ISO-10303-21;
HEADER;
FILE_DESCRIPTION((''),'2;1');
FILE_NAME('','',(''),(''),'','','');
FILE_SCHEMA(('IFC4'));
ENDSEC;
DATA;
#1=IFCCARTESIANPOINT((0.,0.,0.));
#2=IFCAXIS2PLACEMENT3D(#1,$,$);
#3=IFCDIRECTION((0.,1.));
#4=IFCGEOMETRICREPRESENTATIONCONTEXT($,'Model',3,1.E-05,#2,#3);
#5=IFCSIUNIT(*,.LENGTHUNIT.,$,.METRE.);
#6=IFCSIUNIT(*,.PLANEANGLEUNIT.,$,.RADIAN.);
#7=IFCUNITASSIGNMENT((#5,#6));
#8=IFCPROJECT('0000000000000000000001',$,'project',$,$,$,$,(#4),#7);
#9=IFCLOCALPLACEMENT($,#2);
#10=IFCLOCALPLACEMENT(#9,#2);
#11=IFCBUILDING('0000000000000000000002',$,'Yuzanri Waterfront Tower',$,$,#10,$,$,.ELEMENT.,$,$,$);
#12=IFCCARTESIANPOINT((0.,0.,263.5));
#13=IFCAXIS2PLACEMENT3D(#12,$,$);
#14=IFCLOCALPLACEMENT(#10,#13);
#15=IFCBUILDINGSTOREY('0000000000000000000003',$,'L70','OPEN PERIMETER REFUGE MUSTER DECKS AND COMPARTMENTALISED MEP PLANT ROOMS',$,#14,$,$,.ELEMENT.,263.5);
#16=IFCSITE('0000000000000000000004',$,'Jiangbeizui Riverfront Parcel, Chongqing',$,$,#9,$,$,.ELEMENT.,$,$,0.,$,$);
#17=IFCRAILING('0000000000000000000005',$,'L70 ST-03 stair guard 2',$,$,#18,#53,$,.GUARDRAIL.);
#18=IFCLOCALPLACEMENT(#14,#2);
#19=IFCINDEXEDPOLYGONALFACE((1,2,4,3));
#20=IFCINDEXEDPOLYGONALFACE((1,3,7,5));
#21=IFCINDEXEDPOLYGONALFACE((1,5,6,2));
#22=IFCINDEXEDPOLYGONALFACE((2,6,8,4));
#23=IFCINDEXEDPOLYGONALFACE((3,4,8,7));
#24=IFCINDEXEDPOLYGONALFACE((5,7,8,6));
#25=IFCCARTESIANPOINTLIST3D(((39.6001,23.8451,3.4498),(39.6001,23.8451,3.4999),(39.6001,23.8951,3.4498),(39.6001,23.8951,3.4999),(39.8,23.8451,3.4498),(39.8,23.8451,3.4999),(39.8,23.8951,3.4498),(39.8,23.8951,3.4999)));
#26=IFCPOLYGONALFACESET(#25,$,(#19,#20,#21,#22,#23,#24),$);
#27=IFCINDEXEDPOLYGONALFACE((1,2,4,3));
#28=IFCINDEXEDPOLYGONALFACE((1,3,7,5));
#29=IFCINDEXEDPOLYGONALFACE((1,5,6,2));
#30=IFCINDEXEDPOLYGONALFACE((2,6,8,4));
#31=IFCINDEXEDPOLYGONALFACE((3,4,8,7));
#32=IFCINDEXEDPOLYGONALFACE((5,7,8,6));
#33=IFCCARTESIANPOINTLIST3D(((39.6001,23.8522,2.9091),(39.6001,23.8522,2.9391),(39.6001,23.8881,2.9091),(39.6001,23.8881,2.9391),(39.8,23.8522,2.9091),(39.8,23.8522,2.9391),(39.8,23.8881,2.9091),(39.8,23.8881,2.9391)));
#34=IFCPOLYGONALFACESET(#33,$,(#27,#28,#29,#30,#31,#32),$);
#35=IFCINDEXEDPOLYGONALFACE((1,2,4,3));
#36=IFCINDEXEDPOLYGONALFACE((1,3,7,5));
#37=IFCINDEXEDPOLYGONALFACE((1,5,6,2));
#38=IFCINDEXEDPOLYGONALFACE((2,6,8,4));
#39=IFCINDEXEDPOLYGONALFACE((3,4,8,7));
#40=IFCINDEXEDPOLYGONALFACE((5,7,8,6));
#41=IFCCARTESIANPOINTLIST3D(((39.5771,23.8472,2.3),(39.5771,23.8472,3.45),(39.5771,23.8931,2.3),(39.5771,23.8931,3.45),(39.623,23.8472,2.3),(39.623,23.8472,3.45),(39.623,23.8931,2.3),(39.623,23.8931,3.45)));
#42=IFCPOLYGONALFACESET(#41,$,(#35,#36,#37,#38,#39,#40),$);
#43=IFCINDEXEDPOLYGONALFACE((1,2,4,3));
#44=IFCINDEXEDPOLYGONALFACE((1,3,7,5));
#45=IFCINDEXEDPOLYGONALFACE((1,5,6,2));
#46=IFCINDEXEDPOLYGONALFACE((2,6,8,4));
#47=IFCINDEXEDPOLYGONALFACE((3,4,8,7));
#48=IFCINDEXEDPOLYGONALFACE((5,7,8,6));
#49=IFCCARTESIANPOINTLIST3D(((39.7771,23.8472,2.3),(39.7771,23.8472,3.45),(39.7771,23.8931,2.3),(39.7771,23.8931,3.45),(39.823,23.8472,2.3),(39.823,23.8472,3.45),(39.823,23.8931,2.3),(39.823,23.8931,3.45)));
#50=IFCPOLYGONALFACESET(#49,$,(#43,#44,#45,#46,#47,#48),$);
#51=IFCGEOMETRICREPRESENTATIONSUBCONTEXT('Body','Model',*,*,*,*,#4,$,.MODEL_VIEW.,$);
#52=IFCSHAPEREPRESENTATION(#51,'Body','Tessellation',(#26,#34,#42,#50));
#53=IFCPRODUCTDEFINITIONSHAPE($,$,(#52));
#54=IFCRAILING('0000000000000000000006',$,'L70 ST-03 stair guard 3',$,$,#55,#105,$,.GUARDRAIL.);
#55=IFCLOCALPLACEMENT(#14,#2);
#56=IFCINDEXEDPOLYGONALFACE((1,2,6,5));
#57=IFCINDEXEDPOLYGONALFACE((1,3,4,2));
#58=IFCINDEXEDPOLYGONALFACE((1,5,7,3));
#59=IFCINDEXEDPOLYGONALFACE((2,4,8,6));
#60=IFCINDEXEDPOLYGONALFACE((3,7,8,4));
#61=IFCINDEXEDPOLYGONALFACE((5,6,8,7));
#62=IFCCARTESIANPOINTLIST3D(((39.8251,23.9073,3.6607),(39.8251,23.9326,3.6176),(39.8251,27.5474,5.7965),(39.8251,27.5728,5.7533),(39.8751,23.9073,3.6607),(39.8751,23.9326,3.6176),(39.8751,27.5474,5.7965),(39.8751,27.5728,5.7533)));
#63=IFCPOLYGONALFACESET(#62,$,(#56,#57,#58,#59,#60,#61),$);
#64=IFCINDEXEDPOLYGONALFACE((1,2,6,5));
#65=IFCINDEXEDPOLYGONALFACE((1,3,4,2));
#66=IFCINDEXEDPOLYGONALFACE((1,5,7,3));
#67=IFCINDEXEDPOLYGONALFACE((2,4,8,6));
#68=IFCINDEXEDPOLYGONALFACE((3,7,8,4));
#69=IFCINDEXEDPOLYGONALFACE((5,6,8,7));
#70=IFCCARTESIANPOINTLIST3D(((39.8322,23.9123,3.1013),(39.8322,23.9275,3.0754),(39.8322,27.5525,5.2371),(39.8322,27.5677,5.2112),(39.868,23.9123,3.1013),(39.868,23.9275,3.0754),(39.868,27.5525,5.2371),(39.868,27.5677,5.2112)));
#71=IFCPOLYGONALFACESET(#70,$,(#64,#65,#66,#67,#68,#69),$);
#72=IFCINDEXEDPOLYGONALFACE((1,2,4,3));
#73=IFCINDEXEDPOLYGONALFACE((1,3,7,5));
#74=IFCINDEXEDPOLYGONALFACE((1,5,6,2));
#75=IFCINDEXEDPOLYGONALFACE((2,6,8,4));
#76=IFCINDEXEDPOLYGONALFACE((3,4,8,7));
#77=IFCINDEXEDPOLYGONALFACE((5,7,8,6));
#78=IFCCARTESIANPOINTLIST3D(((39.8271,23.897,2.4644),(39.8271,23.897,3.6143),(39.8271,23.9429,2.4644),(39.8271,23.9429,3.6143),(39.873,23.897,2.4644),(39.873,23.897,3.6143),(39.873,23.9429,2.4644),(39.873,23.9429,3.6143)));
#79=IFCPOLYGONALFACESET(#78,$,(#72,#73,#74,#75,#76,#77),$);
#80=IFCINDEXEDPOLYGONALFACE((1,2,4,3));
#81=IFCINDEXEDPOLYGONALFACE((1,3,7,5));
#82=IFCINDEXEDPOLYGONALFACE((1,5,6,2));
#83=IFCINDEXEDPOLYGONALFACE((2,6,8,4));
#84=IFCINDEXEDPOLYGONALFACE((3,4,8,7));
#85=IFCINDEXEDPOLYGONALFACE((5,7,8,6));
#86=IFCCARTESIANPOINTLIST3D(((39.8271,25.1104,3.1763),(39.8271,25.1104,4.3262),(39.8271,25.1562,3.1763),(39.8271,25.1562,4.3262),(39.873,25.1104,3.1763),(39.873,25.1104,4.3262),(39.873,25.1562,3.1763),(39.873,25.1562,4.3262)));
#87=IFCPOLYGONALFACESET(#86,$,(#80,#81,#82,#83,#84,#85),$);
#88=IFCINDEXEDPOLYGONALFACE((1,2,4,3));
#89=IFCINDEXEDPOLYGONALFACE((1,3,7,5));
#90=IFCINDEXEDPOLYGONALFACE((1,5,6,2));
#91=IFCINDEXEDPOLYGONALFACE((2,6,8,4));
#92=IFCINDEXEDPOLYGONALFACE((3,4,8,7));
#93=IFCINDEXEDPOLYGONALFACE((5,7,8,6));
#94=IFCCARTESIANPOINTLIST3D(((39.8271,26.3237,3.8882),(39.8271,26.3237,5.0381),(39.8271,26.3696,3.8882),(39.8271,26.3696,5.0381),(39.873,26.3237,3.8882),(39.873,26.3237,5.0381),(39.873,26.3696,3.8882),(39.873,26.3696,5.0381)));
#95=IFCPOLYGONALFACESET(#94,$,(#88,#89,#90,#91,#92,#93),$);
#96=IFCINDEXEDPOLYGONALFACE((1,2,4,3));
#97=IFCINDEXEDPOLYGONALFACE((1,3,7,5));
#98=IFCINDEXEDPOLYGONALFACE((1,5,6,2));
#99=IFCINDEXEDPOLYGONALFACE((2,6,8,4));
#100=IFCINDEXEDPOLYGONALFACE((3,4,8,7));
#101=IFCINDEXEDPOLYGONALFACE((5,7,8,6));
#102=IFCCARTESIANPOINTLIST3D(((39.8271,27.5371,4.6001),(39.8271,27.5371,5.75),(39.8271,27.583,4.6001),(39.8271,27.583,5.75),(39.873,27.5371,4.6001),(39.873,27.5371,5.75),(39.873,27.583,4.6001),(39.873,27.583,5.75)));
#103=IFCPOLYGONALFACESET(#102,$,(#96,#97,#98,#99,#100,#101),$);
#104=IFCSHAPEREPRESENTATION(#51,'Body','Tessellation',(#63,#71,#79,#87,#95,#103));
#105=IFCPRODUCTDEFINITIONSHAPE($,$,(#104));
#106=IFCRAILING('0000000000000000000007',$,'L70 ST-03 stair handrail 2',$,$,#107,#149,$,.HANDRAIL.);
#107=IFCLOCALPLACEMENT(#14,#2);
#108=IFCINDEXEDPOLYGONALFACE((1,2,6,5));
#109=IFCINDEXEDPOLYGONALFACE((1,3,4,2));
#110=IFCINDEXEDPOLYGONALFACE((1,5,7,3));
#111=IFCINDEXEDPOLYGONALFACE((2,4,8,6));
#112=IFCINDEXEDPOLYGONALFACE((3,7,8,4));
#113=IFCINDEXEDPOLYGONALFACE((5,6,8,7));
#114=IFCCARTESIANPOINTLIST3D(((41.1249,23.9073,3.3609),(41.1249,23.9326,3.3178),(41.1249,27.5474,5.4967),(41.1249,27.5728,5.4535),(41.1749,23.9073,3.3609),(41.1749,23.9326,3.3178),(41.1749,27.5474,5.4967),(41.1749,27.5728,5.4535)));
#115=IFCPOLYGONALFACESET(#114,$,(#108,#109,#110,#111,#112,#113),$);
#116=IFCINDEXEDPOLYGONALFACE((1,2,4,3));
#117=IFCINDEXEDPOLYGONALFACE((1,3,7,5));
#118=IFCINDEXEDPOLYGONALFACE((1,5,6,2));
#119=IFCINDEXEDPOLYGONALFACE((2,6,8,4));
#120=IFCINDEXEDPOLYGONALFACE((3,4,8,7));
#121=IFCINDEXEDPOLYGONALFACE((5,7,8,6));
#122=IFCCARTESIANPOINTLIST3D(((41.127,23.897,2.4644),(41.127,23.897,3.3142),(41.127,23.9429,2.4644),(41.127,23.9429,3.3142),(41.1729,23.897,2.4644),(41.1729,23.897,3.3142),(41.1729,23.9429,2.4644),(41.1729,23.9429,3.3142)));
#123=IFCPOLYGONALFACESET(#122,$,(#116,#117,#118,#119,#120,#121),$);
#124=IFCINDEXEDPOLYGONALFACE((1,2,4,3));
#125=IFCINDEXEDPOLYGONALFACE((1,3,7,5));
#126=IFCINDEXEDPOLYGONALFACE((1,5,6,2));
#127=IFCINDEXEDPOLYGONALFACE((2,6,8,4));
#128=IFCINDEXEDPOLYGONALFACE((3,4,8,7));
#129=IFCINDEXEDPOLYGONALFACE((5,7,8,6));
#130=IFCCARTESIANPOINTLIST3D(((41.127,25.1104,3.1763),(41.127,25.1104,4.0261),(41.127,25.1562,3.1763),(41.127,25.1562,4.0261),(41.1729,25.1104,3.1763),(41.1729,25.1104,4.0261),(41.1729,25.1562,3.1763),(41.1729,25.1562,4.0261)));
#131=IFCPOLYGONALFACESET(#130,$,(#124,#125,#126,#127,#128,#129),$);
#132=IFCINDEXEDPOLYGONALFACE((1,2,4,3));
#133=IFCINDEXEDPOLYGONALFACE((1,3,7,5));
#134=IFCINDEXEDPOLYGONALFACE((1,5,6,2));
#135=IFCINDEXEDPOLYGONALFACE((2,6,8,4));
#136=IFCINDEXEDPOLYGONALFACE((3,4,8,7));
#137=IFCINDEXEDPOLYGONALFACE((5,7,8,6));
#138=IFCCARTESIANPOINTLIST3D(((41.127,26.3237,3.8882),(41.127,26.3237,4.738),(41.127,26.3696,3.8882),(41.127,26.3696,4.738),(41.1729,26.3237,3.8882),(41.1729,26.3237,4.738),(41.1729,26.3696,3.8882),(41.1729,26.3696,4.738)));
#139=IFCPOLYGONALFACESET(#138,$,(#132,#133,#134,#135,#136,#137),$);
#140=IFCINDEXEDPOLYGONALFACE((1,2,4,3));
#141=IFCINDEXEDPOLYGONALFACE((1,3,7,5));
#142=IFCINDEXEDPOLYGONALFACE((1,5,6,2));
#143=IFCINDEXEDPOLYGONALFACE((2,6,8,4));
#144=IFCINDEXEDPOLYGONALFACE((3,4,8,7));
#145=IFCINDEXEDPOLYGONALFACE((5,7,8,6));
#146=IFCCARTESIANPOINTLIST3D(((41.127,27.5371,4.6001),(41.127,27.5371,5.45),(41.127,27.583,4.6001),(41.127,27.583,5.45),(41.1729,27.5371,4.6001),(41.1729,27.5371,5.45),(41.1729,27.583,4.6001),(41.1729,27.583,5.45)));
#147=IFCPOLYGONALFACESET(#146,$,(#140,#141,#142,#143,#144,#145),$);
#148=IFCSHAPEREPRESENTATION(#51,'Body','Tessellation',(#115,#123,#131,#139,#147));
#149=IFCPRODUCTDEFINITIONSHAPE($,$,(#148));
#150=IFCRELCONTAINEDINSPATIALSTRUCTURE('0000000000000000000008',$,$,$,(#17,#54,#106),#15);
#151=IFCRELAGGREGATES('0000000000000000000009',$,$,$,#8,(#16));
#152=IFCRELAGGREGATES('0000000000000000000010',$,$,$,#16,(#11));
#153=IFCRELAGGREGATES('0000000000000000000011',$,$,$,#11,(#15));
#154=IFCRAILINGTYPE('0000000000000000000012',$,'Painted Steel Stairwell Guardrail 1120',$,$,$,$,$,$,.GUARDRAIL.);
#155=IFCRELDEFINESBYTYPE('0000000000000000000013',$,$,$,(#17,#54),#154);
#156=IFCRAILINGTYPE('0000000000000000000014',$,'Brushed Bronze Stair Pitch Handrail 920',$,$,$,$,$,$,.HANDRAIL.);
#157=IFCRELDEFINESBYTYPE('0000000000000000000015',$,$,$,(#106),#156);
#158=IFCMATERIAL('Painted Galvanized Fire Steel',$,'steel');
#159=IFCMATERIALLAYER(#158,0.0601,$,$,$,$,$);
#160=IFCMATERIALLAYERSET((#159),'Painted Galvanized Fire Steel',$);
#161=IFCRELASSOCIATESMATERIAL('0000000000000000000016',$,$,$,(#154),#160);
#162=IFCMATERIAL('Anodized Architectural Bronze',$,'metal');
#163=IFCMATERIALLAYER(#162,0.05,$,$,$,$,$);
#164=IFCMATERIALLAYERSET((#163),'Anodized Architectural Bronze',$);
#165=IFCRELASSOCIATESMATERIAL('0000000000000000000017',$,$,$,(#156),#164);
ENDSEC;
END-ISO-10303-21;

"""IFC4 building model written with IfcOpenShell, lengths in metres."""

from ifc_helpers import new_model, si_unit, direction, frame, origin, origin_2d, place, context, subcontext, project, spatial, rectangle, extrude, source, transform, mapped, material, layer, layer_set, type_object, element, save


model = new_model("IFC4")

# Units and contexts
model_context = context("Model", 3, precision=1e-05, world=origin(), true_north=direction((0.0, 1.0)))
body_context = subcontext(model_context, "Body", "Model", "MODEL_VIEW")
ifc_project = project(units=[si_unit("LENGTHUNIT", "METRE"), si_unit("PLANEANGLEUNIT", "RADIAN")], contexts=[model_context])

# Site, building, storey
site_placement = place(None, origin())
site = spatial("IfcSite", under=ifc_project, at=site_placement, Name="Jiangbeizui Riverfront Parcel, Chongqing", CompositionType="ELEMENT", RefElevation=0.0)
building_placement = place(site_placement, origin())
building = spatial("IfcBuilding", under=site, at=building_placement, Name="Yuzanri Waterfront Tower", CompositionType="ELEMENT")
storey_placement = place(building_placement, frame((0.0, 0.0, 263.5)))
storey = spatial("IfcBuildingStorey", under=building, at=storey_placement, Name="L70", Description="OPEN PERIMETER REFUGE MUSTER DECKS AND COMPARTMENTALISED MEP PLANT ROOMS", CompositionType="ELEMENT", Elevation=263.5)

# Railings
ifc_material_1 = material(Name="Painted Galvanized Fire Steel", Category="steel")
ifc_layer_1 = layer(ifc_material_1, 0.0601)
ifc_layer_set_1 = layer_set([ifc_layer_1], Name="Painted Galvanized Fire Steel")
railing_type_1 = type_object("IfcRailingType", Name="Painted Steel Stairwell Guardrail 1120", PredefinedType="GUARDRAIL", material=ifc_layer_set_1)
shared_shape_1 = source(origin(), body_context, "Body", "SweptSolid", [
    extrude(rectangle(XDim=0.05, YDim=0.05, at=origin_2d()), frame((0.0, 0.0, 1.1748), z_axis=(1.0, 0.0, 0.0), x_axis=(0.0, 1.0, 0.0)), (0.0, 0.0, 1.0), 0.2),
    extrude(rectangle(XDim=0.0359, YDim=0.03, at=origin_2d()), frame((0.0, 0.0, 0.624), z_axis=(1.0, 0.0, 0.0), x_axis=(0.0, 1.0, 0.0)), (0.0, 0.0, 1.0), 0.2),
    extrude(rectangle(XDim=0.0459, YDim=0.0459, at=origin_2d()), origin(), (0.0, 0.0, 1.0), 1.1499),
    extrude(rectangle(XDim=0.0459, YDim=0.0459, at=origin_2d()), frame((0.2, 0.0, 0.0)), (0.0, 0.0, 1.0), 1.1499),
])
railing_1_placement = place(storey_placement, frame((39.6001, 23.8701, 2.3)))
element("IfcRailing", 1, at=railing_1_placement, inside=storey, type_object=railing_type_1, Name="L70 ST-03 stair guard 2", PredefinedType="GUARDRAIL", context=body_context, shape_type="MappedRepresentation", body=[
    mapped(shared_shape_1, transform((0.0, 0.0, 0.0), scale=1.0)),
])
shared_shape_2 = source(origin(), body_context, "Body", "SweptSolid", [
    extrude(rectangle(XDim=0.05, YDim=0.05, at=origin_2d()), frame((0.0, 0.0, 1.1748), z_axis=(0.0, 0.862505, 0.506049), x_axis=(-1.0, 0.0, 0.0)), (0.0, 0.0, 1.0), 4.2205),
    extrude(rectangle(XDim=0.0359, YDim=0.03, at=origin_2d()), frame((0.0, 0.0, 0.624), z_axis=(0.0, 0.862505, 0.506049), x_axis=(-1.0, 0.0, 0.0)), (0.0, 0.0, 1.0), 4.2205),
    extrude(rectangle(XDim=0.0459, YDim=0.0459, at=origin_2d()), origin(), (0.0, 0.0, 1.0), 1.1499),
    extrude(rectangle(XDim=0.0459, YDim=0.0459, at=origin_2d()), frame((0.0, 1.2134, 0.7119)), (0.0, 0.0, 1.0), 1.1499),
    extrude(rectangle(XDim=0.0459, YDim=0.0459, at=origin_2d()), frame((0.0, 2.4268, 1.4238)), (0.0, 0.0, 1.0), 1.1499),
    extrude(rectangle(XDim=0.0459, YDim=0.0459, at=origin_2d()), frame((0.0, 3.6401, 2.1357)), (0.0, 0.0, 1.0), 1.1499),
])
railing_2_placement = place(storey_placement, frame((39.8501, 23.9199, 2.4644)))
element("IfcRailing", 2, at=railing_2_placement, inside=storey, type_object=railing_type_1, Name="L70 ST-03 stair guard 3", PredefinedType="GUARDRAIL", context=body_context, shape_type="MappedRepresentation", body=[
    mapped(shared_shape_2, transform((0.0, 0.0, 0.0), scale=1.0)),
])
ifc_material_2 = material(Name="Anodized Architectural Bronze", Category="metal")
ifc_layer_2 = layer(ifc_material_2, 0.05)
ifc_layer_set_2 = layer_set([ifc_layer_2], Name="Anodized Architectural Bronze")
railing_type_2 = type_object("IfcRailingType", Name="Brushed Bronze Stair Pitch Handrail 920", PredefinedType="HANDRAIL", material=ifc_layer_set_2)
shared_shape_3 = source(origin(), body_context, "Body", "SweptSolid", [
    extrude(rectangle(XDim=0.05, YDim=0.05, at=origin_2d()), frame((0.0, 0.0, 0.875), z_axis=(0.0, 0.862505, 0.506049), x_axis=(-1.0, 0.0, 0.0)), (0.0, 0.0, 1.0), 4.2205),
    extrude(rectangle(XDim=0.0459, YDim=0.0459, at=origin_2d()), origin(), (0.0, 0.0, 1.0), 0.8499),
    extrude(rectangle(XDim=0.0459, YDim=0.0459, at=origin_2d()), frame((0.0, 1.2134, 0.7119)), (0.0, 0.0, 1.0), 0.8499),
    extrude(rectangle(XDim=0.0459, YDim=0.0459, at=origin_2d()), frame((0.0, 2.4268, 1.4238)), (0.0, 0.0, 1.0), 0.8499),
    extrude(rectangle(XDim=0.0459, YDim=0.0459, at=origin_2d()), frame((0.0, 3.6401, 2.1357)), (0.0, 0.0, 1.0), 0.8499),
])
railing_3_placement = place(storey_placement, frame((41.1499, 23.9199, 2.4644)))
element("IfcRailing", 3, at=railing_3_placement, inside=storey, type_object=railing_type_2, Name="L70 ST-03 stair handrail 2", PredefinedType="HANDRAIL", context=body_context, shape_type="MappedRepresentation", body=[
    mapped(shared_shape_3, transform((0.0, 0.0, 0.0), scale=1.0)),
])

save(model, "model.ifc")
